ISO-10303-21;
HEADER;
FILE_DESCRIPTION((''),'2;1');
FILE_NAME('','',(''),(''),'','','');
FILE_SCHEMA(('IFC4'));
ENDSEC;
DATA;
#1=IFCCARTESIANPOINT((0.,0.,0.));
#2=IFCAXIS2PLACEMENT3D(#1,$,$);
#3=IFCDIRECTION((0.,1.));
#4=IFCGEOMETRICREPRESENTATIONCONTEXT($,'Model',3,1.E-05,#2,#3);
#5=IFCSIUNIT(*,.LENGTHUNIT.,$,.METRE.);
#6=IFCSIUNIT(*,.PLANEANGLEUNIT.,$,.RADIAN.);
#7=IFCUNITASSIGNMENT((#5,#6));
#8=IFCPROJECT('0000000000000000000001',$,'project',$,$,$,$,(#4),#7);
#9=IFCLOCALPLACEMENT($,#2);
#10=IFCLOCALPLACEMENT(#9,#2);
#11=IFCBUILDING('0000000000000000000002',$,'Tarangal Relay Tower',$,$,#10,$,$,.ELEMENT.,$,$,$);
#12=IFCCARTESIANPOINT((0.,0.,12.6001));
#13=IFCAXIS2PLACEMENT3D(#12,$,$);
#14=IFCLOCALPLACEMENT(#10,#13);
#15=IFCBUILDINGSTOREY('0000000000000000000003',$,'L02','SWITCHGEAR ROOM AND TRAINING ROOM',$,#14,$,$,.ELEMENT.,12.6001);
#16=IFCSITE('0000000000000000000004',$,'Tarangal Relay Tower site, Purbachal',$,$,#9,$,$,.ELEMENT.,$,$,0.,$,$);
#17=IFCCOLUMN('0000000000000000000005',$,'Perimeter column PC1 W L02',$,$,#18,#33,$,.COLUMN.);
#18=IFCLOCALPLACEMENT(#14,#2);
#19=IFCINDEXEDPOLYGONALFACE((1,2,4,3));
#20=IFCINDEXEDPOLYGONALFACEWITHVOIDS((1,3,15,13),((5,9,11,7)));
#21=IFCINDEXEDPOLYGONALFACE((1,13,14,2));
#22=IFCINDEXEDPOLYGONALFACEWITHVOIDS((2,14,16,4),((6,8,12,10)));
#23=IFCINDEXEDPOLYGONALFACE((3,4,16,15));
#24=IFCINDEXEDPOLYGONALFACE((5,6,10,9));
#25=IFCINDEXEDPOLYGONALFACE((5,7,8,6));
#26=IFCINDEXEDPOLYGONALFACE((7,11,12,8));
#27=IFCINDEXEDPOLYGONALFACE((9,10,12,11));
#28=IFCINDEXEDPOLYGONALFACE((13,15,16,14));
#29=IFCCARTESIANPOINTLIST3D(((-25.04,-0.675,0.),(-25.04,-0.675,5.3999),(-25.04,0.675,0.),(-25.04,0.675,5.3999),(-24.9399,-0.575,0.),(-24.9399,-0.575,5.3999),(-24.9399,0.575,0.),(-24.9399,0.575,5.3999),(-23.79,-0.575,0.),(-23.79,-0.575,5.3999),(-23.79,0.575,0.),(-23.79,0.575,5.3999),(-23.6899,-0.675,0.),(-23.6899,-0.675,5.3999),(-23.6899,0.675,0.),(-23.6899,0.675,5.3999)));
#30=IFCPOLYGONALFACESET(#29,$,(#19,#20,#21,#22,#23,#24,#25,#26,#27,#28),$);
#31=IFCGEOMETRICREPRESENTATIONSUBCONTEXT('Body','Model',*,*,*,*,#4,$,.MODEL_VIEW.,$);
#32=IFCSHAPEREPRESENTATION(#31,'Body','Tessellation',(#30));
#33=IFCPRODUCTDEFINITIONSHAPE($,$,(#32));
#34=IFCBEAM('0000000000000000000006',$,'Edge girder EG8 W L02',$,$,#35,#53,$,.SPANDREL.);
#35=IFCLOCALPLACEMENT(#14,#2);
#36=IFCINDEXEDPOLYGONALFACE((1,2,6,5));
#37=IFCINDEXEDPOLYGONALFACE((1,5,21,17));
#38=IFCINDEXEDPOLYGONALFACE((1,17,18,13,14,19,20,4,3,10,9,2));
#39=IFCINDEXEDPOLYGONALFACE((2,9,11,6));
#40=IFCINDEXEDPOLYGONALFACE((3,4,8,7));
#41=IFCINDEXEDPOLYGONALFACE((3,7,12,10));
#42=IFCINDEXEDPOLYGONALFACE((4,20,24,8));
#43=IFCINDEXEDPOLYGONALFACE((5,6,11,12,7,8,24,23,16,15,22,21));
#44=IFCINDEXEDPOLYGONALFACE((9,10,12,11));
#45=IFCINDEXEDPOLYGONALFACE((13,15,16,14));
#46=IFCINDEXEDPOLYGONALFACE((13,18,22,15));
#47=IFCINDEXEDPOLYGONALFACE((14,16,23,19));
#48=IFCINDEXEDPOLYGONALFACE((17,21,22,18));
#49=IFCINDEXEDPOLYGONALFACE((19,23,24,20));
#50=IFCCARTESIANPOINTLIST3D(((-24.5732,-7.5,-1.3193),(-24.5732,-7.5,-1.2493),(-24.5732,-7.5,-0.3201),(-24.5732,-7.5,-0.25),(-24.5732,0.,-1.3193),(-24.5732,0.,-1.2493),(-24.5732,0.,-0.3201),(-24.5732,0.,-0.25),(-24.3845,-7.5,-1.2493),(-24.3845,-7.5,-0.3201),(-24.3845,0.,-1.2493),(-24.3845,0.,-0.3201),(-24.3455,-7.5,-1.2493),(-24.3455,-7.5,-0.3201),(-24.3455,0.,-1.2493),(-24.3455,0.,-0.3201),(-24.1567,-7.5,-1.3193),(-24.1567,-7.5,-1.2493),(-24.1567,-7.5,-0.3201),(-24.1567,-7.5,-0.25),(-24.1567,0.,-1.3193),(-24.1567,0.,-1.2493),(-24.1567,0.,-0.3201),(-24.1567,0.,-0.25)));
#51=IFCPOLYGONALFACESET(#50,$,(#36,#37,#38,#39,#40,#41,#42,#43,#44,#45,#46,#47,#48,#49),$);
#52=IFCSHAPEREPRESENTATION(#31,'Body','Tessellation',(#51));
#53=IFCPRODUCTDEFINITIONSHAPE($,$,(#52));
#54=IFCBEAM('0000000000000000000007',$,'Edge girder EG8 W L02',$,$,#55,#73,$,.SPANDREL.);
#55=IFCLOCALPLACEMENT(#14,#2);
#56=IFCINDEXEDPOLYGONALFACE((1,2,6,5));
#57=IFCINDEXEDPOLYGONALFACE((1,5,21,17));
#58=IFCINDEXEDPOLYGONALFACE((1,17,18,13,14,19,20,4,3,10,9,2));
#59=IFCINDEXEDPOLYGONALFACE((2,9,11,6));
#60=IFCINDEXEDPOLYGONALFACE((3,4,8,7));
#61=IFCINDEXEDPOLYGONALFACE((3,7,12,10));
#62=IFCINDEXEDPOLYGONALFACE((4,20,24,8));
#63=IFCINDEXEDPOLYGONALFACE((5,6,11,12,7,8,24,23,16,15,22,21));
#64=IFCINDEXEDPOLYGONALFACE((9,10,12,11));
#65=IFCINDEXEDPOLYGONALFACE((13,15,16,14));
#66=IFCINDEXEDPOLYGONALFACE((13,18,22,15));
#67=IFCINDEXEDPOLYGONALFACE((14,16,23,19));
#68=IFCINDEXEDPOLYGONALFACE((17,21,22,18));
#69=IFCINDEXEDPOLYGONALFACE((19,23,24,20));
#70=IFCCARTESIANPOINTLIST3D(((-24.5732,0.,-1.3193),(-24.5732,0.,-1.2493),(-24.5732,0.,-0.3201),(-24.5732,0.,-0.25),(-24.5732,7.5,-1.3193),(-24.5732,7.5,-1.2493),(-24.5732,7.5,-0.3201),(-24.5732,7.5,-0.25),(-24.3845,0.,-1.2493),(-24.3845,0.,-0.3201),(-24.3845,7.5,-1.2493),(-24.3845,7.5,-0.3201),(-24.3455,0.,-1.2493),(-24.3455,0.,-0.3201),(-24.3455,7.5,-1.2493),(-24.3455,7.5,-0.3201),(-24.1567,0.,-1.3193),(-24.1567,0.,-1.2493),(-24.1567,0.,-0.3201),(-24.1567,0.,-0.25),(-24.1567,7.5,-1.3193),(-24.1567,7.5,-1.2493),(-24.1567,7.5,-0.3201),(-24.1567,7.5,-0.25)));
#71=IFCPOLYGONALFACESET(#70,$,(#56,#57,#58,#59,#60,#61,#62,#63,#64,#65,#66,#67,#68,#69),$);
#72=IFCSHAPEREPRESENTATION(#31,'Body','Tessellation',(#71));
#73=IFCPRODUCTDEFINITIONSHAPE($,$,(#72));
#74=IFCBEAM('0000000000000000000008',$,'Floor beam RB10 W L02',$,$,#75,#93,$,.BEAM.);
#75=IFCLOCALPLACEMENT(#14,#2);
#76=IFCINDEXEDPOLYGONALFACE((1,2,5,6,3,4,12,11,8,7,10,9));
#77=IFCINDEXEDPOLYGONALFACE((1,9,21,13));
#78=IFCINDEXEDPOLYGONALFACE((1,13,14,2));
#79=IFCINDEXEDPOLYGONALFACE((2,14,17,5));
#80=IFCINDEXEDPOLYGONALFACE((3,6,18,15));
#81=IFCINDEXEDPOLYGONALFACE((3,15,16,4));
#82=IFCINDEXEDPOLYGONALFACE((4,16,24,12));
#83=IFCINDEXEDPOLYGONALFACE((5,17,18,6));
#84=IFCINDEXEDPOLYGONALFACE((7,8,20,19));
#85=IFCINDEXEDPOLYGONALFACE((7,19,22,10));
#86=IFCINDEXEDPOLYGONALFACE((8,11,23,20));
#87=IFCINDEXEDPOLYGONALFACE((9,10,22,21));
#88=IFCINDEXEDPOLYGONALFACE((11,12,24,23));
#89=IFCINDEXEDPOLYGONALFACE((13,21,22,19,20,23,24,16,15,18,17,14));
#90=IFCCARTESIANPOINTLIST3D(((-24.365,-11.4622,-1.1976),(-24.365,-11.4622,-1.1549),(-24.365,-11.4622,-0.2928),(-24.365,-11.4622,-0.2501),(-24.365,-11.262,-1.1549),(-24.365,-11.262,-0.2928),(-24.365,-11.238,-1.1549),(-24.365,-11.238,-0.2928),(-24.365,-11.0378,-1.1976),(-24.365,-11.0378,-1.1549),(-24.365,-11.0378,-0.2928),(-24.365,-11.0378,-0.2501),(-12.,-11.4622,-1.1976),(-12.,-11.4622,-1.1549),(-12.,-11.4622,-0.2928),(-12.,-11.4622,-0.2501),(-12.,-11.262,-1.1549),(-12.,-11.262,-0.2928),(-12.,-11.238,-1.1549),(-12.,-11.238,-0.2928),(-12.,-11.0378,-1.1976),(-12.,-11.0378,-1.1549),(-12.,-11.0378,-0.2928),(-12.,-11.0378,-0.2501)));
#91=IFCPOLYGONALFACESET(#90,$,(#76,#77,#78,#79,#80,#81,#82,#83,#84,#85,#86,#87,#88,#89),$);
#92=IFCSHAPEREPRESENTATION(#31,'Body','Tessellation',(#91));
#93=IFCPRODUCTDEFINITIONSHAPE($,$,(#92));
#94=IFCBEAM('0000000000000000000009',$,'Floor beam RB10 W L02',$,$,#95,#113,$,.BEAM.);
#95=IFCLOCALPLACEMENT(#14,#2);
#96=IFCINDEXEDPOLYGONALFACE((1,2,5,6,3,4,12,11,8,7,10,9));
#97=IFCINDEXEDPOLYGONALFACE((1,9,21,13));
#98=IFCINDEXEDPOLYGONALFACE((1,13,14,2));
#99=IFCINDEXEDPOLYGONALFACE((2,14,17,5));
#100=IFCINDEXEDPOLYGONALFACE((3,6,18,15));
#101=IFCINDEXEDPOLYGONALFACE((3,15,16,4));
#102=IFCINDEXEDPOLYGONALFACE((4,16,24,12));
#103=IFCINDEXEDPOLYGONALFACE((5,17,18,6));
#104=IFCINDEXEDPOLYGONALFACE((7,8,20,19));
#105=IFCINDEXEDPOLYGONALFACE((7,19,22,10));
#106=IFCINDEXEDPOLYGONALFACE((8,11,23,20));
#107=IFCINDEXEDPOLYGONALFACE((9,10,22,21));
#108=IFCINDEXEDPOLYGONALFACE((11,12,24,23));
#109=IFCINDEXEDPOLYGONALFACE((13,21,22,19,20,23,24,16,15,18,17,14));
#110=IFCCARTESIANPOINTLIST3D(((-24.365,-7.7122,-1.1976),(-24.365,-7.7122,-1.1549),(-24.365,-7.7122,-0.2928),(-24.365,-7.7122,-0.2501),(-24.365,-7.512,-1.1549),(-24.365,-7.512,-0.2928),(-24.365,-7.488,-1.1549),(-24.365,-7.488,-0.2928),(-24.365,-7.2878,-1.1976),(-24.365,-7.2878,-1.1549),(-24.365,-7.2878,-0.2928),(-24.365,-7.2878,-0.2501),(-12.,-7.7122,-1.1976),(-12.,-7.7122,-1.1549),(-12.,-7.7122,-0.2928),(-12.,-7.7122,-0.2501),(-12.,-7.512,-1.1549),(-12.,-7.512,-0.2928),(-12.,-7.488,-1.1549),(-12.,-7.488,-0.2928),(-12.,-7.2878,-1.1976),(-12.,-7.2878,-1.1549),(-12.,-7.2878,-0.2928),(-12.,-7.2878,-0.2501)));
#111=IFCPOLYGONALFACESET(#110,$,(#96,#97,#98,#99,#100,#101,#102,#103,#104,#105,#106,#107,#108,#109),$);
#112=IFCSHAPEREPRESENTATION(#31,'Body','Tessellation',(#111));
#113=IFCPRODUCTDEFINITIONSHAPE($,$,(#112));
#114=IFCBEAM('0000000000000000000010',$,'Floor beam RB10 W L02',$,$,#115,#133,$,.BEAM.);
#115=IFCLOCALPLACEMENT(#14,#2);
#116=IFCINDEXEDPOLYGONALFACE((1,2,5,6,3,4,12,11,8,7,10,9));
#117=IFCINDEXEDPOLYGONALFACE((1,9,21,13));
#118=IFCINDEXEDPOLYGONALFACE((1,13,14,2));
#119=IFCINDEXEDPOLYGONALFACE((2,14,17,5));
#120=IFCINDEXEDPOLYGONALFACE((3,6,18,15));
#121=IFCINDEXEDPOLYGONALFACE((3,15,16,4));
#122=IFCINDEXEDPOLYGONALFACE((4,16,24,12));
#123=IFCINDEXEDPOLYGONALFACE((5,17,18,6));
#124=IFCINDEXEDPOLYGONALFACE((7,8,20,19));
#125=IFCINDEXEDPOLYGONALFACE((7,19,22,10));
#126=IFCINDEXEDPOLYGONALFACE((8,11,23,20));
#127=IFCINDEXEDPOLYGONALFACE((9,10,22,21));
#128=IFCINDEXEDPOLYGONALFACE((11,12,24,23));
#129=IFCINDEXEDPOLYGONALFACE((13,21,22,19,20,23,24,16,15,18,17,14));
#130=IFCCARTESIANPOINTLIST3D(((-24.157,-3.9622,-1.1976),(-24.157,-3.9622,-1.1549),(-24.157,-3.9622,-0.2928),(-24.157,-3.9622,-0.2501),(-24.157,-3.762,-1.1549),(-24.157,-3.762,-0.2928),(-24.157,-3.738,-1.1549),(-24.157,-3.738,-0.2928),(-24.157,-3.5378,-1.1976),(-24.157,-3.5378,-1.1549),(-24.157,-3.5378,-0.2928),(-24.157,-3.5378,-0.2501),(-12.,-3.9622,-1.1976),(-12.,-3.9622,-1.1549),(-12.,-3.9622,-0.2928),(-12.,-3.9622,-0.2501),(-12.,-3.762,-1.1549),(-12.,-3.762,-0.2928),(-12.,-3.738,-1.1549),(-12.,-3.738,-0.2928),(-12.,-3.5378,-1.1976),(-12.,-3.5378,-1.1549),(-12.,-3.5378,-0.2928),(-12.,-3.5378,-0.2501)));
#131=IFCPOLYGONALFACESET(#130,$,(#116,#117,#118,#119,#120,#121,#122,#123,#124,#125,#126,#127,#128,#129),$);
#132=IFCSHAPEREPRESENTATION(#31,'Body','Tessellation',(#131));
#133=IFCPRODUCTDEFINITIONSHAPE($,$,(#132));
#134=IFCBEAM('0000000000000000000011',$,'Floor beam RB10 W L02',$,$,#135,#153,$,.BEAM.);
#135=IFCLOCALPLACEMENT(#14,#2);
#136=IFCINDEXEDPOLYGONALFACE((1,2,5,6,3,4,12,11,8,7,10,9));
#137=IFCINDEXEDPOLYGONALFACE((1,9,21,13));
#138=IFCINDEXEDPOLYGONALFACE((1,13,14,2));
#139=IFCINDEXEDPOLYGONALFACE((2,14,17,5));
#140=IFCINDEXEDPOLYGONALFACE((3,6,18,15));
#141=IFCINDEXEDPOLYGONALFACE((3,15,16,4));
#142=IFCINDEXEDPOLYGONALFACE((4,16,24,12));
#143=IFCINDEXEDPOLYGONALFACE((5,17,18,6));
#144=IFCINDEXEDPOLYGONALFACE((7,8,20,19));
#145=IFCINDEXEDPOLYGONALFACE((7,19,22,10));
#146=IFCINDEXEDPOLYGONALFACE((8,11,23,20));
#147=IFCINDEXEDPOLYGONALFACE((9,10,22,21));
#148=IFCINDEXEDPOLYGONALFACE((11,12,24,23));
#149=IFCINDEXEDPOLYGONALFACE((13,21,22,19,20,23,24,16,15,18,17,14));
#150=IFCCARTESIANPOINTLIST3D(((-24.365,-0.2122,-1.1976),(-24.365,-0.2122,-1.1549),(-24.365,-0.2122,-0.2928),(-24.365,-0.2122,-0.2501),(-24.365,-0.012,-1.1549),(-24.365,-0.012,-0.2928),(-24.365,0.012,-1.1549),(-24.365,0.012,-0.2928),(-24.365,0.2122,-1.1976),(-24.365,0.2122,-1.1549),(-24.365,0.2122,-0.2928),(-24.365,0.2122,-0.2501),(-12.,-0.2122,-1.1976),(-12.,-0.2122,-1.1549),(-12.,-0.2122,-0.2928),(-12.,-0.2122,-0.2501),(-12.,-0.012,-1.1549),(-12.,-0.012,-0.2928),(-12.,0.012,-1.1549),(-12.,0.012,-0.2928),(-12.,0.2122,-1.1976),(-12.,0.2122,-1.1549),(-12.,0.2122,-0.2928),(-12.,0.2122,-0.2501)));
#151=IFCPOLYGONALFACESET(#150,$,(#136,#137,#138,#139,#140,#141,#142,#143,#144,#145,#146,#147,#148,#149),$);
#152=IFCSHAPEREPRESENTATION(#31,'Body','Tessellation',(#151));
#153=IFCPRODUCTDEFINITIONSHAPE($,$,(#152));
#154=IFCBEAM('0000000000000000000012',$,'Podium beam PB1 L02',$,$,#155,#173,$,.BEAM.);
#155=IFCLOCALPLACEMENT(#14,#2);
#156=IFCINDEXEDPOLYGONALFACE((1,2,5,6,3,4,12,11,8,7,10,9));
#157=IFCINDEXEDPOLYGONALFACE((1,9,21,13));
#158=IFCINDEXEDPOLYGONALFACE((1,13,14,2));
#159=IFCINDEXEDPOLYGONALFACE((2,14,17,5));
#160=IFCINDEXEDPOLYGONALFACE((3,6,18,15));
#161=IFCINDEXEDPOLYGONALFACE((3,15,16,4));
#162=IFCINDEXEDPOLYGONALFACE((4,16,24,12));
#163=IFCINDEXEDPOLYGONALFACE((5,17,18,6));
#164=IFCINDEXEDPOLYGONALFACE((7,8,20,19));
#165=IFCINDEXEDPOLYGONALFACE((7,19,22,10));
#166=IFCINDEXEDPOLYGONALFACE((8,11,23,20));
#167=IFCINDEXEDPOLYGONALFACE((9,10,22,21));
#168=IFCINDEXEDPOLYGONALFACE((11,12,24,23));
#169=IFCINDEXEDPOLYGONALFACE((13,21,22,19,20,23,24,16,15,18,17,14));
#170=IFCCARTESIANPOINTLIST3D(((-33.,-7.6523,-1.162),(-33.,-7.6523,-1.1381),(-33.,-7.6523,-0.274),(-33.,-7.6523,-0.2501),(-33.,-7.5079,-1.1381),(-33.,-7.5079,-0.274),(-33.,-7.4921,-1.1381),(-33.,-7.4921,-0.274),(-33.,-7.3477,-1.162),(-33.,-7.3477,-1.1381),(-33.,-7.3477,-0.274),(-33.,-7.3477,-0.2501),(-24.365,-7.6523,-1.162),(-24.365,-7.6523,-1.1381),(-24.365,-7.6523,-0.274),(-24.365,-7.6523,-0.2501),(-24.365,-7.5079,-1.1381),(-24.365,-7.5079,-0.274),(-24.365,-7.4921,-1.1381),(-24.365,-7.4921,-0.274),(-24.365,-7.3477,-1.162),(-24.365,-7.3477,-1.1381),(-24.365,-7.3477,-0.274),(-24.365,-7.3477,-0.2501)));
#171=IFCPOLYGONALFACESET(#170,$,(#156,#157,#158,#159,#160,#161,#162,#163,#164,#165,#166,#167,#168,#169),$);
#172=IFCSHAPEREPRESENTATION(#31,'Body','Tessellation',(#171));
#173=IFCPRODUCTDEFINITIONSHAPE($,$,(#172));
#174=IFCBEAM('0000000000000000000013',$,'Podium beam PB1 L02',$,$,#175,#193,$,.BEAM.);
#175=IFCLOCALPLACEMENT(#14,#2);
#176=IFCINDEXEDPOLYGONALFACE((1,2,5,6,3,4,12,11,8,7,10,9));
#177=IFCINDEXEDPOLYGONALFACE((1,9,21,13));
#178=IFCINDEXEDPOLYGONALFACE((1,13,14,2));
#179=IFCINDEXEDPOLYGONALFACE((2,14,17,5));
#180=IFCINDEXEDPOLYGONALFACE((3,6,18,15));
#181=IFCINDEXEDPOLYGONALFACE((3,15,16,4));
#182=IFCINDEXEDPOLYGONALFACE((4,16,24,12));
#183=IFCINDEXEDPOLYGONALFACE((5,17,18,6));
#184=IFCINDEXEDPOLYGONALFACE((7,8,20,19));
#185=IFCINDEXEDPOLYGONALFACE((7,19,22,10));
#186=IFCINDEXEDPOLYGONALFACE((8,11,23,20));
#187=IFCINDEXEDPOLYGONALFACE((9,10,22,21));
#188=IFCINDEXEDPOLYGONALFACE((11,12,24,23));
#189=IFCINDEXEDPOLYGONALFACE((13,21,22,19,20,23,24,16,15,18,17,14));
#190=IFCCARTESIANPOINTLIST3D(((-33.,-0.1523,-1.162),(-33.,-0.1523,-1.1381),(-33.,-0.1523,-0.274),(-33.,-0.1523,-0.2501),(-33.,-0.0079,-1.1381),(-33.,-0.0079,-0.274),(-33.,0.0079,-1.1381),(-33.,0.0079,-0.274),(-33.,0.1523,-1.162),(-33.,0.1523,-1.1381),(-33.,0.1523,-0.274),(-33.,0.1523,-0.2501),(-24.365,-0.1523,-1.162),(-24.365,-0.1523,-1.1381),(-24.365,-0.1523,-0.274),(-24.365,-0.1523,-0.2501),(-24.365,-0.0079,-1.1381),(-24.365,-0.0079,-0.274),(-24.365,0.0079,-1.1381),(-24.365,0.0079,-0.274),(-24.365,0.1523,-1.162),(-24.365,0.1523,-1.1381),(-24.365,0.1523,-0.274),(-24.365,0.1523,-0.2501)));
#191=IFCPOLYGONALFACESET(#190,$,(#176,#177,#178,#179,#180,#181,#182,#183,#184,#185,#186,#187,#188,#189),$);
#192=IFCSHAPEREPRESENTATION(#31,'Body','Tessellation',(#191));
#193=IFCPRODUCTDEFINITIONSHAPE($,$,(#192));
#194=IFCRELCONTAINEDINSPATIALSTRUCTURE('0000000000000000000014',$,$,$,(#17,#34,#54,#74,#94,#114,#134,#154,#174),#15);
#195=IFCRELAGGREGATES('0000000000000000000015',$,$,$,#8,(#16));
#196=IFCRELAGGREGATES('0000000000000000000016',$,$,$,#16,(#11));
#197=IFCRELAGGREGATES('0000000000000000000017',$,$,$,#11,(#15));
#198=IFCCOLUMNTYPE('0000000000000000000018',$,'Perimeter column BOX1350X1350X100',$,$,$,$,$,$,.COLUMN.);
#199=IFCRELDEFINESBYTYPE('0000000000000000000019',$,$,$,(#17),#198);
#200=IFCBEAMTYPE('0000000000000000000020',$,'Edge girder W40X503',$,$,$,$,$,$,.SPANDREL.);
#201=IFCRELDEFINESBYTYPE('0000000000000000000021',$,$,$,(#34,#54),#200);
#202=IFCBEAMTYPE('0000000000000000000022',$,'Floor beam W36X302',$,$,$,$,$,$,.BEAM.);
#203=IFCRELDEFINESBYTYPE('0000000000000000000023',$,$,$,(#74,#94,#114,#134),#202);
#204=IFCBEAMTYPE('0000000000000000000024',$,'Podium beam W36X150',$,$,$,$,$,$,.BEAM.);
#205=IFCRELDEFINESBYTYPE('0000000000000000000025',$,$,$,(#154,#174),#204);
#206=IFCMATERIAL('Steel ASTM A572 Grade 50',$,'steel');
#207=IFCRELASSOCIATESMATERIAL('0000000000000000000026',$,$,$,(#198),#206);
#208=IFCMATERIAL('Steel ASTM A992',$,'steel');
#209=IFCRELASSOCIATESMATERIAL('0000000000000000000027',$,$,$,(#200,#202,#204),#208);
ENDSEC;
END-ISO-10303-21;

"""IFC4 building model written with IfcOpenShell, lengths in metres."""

from ifc_helpers import new_model, si_unit, direction, frame, origin, origin_2d, place, context, subcontext, project, spatial, hollow_rectangle, i_section, extrude, material, material_profile, profile_set, type_object, element, save


model = new_model("IFC4")

# Units and contexts
model_context = context("Model", 3, precision=1e-05, world=origin(), true_north=direction((0.0, 1.0)))
body_context = subcontext(model_context, "Body", "Model", "MODEL_VIEW")
ifc_project = project(units=[si_unit("LENGTHUNIT", "METRE"), si_unit("PLANEANGLEUNIT", "RADIAN")], contexts=[model_context])

# Site, building, storey
site_placement = place(None, origin())
site = spatial("IfcSite", under=ifc_project, at=site_placement, Name="Tarangal Relay Tower site, Purbachal", CompositionType="ELEMENT", RefElevation=0.0)
building_placement = place(site_placement, origin())
building = spatial("IfcBuilding", under=site, at=building_placement, Name="Tarangal Relay Tower", CompositionType="ELEMENT")
storey_placement = place(building_placement, frame((0.0, 0.0, 12.6001)))
storey = spatial("IfcBuildingStorey", under=building, at=storey_placement, Name="L02", Description="SWITCHGEAR ROOM AND TRAINING ROOM", CompositionType="ELEMENT", Elevation=12.6001)

# Column
ifc_material_1 = material(Name="Steel ASTM A572 Grade 50", Category="steel")
ifc_material_profile_1 = material_profile(ifc_material_1, hollow_rectangle(XDim=1.3501, YDim=1.3501, WallThickness=0.1001, at=origin_2d()), Name="BOX1350X1350X100")
ifc_profile_set_1 = profile_set([ifc_material_profile_1], Name="Steel ASTM A572 Grade 50")
column_type = type_object("IfcColumnType", Name="Perimeter column BOX1350X1350X100", PredefinedType="COLUMN", material=ifc_profile_set_1)
column_placement = place(storey_placement, frame((-24.365, 0.0, 0.0), z_axis=(0.0, 0.0, 1.0), x_axis=(1.0, 0.0, 0.0)))
element("IfcColumn", 1, at=column_placement, inside=storey, type_object=column_type, Name="Perimeter column PC1 W L02", PredefinedType="COLUMN", context=body_context, shape_type="SweptSolid", body=[
    extrude(hollow_rectangle(XDim=1.3501, YDim=1.3501, WallThickness=0.1001, at=origin_2d()), origin(), (0.0, 0.0, 1.0), 5.3999),
])

# Beams
ifc_material_2 = material(Name="Steel ASTM A992", Category="steel")
ifc_material_profile_2 = material_profile(ifc_material_2, i_section(OverallWidth=0.4165, OverallDepth=1.0693, WebThickness=0.0391, FlangeThickness=0.0701, at=origin_2d()), Name="W40X503")
ifc_profile_set_2 = profile_set([ifc_material_profile_2], Name="Steel ASTM A992")
beam_type_1 = type_object("IfcBeamType", Name="Edge girder W40X503", PredefinedType="SPANDREL", material=ifc_profile_set_2)
for number, where, z_axis, x_axis, name in (
    (2, (-24.365, -7.5, -0.7847), (0.0, 1.0, 0.0), (-1.0, 0.0, 0.0), "Edge girder EG8 W L02"),
    (3, (-24.365, 0.0, -0.7847), (0.0, 1.0, 0.0), (-1.0, 0.0, 0.0), "Edge girder EG8 W L02"),
):
    element("IfcBeam", number, at=place(storey_placement, frame(where, z_axis=z_axis, x_axis=x_axis)), inside=storey, type_object=beam_type_1, Name=name, PredefinedType="SPANDREL", context=body_context, shape_type="SweptSolid", body=[
        extrude(i_section(OverallWidth=0.4165, OverallDepth=1.0693, WebThickness=0.0391, FlangeThickness=0.0701, at=origin_2d()), origin(), (0.0, 0.0, 1.0), 7.5),
    ])
ifc_material_profile_3 = material_profile(ifc_material_2, i_section(OverallWidth=0.4243, OverallDepth=0.9475, WebThickness=0.0239, FlangeThickness=0.0427, at=origin_2d()), Name="W36X302")
ifc_profile_set_3 = profile_set([ifc_material_profile_3], Name="Steel ASTM A992")
beam_type_2 = type_object("IfcBeamType", Name="Floor beam W36X302", PredefinedType="BEAM", material=ifc_profile_set_3)
for number, where, z_axis, x_axis, name in (
    (4, (-12.0, -11.25, -0.7239), (-1.0, 0.0, 0.0), (0.0, -1.0, 0.0), "Floor beam RB10 W L02"),
    (5, (-12.0, -7.5, -0.7239), (-1.0, 0.0, 0.0), (0.0, -1.0, 0.0), "Floor beam RB10 W L02"),
):
    element("IfcBeam", number, at=place(storey_placement, frame(where, z_axis=z_axis, x_axis=x_axis)), inside=storey, type_object=beam_type_2, Name=name, PredefinedType="BEAM", context=body_context, shape_type="SweptSolid", body=[
        extrude(i_section(OverallWidth=0.4243, OverallDepth=0.9475, WebThickness=0.0239, FlangeThickness=0.0427, at=origin_2d()), origin(), (0.0, 0.0, 1.0), 12.365),
    ])
beam_1_placement = place(storey_placement, frame((-12.0, -3.75, -0.7239), z_axis=(-1.0, 0.0, 0.0), x_axis=(0.0, -1.0, 0.0)))
element("IfcBeam", 6, at=beam_1_placement, inside=storey, type_object=beam_type_2, Name="Floor beam RB10 W L02", PredefinedType="BEAM", context=body_context, shape_type="SweptSolid", body=[
    extrude(i_section(OverallWidth=0.4243, OverallDepth=0.9475, WebThickness=0.0239, FlangeThickness=0.0427, at=origin_2d()), origin(), (0.0, 0.0, 1.0), 12.157),
])
beam_2_placement = place(storey_placement, frame((-12.0, 0.0, -0.7239), z_axis=(-1.0, 0.0, 0.0), x_axis=(0.0, -1.0, 0.0)))
element("IfcBeam", 7, at=beam_2_placement, inside=storey, type_object=beam_type_2, Name="Floor beam RB10 W L02", PredefinedType="BEAM", context=body_context, shape_type="SweptSolid", body=[
    extrude(i_section(OverallWidth=0.4243, OverallDepth=0.9475, WebThickness=0.0239, FlangeThickness=0.0427, at=origin_2d()), origin(), (0.0, 0.0, 1.0), 12.365),
])
ifc_material_profile_4 = material_profile(ifc_material_2, i_section(OverallWidth=0.3047, OverallDepth=0.9119, WebThickness=0.0159, FlangeThickness=0.0239, at=origin_2d()), Name="W36X150")
ifc_profile_set_4 = profile_set([ifc_material_profile_4], Name="Steel ASTM A992")
beam_type_3 = type_object("IfcBeamType", Name="Podium beam W36X150", PredefinedType="BEAM", material=ifc_profile_set_4)
for number, where, z_axis, x_axis, name in (
    (8, (-24.365, -7.5, -0.7061), (-1.0, 0.0, 0.0), (0.0, -1.0, 0.0), "Podium beam PB1 L02"),
    (9, (-24.365, 0.0, -0.7061), (-1.0, 0.0, 0.0), (0.0, -1.0, 0.0), "Podium beam PB1 L02"),
):
    element("IfcBeam", number, at=place(storey_placement, frame(where, z_axis=z_axis, x_axis=x_axis)), inside=storey, type_object=beam_type_3, Name=name, PredefinedType="BEAM", context=body_context, shape_type="SweptSolid", body=[
        extrude(i_section(OverallWidth=0.3047, OverallDepth=0.9119, WebThickness=0.0159, FlangeThickness=0.0239, at=origin_2d()), origin(), (0.0, 0.0, 1.0), 8.635),
    ])

save(model, "model.ifc")
